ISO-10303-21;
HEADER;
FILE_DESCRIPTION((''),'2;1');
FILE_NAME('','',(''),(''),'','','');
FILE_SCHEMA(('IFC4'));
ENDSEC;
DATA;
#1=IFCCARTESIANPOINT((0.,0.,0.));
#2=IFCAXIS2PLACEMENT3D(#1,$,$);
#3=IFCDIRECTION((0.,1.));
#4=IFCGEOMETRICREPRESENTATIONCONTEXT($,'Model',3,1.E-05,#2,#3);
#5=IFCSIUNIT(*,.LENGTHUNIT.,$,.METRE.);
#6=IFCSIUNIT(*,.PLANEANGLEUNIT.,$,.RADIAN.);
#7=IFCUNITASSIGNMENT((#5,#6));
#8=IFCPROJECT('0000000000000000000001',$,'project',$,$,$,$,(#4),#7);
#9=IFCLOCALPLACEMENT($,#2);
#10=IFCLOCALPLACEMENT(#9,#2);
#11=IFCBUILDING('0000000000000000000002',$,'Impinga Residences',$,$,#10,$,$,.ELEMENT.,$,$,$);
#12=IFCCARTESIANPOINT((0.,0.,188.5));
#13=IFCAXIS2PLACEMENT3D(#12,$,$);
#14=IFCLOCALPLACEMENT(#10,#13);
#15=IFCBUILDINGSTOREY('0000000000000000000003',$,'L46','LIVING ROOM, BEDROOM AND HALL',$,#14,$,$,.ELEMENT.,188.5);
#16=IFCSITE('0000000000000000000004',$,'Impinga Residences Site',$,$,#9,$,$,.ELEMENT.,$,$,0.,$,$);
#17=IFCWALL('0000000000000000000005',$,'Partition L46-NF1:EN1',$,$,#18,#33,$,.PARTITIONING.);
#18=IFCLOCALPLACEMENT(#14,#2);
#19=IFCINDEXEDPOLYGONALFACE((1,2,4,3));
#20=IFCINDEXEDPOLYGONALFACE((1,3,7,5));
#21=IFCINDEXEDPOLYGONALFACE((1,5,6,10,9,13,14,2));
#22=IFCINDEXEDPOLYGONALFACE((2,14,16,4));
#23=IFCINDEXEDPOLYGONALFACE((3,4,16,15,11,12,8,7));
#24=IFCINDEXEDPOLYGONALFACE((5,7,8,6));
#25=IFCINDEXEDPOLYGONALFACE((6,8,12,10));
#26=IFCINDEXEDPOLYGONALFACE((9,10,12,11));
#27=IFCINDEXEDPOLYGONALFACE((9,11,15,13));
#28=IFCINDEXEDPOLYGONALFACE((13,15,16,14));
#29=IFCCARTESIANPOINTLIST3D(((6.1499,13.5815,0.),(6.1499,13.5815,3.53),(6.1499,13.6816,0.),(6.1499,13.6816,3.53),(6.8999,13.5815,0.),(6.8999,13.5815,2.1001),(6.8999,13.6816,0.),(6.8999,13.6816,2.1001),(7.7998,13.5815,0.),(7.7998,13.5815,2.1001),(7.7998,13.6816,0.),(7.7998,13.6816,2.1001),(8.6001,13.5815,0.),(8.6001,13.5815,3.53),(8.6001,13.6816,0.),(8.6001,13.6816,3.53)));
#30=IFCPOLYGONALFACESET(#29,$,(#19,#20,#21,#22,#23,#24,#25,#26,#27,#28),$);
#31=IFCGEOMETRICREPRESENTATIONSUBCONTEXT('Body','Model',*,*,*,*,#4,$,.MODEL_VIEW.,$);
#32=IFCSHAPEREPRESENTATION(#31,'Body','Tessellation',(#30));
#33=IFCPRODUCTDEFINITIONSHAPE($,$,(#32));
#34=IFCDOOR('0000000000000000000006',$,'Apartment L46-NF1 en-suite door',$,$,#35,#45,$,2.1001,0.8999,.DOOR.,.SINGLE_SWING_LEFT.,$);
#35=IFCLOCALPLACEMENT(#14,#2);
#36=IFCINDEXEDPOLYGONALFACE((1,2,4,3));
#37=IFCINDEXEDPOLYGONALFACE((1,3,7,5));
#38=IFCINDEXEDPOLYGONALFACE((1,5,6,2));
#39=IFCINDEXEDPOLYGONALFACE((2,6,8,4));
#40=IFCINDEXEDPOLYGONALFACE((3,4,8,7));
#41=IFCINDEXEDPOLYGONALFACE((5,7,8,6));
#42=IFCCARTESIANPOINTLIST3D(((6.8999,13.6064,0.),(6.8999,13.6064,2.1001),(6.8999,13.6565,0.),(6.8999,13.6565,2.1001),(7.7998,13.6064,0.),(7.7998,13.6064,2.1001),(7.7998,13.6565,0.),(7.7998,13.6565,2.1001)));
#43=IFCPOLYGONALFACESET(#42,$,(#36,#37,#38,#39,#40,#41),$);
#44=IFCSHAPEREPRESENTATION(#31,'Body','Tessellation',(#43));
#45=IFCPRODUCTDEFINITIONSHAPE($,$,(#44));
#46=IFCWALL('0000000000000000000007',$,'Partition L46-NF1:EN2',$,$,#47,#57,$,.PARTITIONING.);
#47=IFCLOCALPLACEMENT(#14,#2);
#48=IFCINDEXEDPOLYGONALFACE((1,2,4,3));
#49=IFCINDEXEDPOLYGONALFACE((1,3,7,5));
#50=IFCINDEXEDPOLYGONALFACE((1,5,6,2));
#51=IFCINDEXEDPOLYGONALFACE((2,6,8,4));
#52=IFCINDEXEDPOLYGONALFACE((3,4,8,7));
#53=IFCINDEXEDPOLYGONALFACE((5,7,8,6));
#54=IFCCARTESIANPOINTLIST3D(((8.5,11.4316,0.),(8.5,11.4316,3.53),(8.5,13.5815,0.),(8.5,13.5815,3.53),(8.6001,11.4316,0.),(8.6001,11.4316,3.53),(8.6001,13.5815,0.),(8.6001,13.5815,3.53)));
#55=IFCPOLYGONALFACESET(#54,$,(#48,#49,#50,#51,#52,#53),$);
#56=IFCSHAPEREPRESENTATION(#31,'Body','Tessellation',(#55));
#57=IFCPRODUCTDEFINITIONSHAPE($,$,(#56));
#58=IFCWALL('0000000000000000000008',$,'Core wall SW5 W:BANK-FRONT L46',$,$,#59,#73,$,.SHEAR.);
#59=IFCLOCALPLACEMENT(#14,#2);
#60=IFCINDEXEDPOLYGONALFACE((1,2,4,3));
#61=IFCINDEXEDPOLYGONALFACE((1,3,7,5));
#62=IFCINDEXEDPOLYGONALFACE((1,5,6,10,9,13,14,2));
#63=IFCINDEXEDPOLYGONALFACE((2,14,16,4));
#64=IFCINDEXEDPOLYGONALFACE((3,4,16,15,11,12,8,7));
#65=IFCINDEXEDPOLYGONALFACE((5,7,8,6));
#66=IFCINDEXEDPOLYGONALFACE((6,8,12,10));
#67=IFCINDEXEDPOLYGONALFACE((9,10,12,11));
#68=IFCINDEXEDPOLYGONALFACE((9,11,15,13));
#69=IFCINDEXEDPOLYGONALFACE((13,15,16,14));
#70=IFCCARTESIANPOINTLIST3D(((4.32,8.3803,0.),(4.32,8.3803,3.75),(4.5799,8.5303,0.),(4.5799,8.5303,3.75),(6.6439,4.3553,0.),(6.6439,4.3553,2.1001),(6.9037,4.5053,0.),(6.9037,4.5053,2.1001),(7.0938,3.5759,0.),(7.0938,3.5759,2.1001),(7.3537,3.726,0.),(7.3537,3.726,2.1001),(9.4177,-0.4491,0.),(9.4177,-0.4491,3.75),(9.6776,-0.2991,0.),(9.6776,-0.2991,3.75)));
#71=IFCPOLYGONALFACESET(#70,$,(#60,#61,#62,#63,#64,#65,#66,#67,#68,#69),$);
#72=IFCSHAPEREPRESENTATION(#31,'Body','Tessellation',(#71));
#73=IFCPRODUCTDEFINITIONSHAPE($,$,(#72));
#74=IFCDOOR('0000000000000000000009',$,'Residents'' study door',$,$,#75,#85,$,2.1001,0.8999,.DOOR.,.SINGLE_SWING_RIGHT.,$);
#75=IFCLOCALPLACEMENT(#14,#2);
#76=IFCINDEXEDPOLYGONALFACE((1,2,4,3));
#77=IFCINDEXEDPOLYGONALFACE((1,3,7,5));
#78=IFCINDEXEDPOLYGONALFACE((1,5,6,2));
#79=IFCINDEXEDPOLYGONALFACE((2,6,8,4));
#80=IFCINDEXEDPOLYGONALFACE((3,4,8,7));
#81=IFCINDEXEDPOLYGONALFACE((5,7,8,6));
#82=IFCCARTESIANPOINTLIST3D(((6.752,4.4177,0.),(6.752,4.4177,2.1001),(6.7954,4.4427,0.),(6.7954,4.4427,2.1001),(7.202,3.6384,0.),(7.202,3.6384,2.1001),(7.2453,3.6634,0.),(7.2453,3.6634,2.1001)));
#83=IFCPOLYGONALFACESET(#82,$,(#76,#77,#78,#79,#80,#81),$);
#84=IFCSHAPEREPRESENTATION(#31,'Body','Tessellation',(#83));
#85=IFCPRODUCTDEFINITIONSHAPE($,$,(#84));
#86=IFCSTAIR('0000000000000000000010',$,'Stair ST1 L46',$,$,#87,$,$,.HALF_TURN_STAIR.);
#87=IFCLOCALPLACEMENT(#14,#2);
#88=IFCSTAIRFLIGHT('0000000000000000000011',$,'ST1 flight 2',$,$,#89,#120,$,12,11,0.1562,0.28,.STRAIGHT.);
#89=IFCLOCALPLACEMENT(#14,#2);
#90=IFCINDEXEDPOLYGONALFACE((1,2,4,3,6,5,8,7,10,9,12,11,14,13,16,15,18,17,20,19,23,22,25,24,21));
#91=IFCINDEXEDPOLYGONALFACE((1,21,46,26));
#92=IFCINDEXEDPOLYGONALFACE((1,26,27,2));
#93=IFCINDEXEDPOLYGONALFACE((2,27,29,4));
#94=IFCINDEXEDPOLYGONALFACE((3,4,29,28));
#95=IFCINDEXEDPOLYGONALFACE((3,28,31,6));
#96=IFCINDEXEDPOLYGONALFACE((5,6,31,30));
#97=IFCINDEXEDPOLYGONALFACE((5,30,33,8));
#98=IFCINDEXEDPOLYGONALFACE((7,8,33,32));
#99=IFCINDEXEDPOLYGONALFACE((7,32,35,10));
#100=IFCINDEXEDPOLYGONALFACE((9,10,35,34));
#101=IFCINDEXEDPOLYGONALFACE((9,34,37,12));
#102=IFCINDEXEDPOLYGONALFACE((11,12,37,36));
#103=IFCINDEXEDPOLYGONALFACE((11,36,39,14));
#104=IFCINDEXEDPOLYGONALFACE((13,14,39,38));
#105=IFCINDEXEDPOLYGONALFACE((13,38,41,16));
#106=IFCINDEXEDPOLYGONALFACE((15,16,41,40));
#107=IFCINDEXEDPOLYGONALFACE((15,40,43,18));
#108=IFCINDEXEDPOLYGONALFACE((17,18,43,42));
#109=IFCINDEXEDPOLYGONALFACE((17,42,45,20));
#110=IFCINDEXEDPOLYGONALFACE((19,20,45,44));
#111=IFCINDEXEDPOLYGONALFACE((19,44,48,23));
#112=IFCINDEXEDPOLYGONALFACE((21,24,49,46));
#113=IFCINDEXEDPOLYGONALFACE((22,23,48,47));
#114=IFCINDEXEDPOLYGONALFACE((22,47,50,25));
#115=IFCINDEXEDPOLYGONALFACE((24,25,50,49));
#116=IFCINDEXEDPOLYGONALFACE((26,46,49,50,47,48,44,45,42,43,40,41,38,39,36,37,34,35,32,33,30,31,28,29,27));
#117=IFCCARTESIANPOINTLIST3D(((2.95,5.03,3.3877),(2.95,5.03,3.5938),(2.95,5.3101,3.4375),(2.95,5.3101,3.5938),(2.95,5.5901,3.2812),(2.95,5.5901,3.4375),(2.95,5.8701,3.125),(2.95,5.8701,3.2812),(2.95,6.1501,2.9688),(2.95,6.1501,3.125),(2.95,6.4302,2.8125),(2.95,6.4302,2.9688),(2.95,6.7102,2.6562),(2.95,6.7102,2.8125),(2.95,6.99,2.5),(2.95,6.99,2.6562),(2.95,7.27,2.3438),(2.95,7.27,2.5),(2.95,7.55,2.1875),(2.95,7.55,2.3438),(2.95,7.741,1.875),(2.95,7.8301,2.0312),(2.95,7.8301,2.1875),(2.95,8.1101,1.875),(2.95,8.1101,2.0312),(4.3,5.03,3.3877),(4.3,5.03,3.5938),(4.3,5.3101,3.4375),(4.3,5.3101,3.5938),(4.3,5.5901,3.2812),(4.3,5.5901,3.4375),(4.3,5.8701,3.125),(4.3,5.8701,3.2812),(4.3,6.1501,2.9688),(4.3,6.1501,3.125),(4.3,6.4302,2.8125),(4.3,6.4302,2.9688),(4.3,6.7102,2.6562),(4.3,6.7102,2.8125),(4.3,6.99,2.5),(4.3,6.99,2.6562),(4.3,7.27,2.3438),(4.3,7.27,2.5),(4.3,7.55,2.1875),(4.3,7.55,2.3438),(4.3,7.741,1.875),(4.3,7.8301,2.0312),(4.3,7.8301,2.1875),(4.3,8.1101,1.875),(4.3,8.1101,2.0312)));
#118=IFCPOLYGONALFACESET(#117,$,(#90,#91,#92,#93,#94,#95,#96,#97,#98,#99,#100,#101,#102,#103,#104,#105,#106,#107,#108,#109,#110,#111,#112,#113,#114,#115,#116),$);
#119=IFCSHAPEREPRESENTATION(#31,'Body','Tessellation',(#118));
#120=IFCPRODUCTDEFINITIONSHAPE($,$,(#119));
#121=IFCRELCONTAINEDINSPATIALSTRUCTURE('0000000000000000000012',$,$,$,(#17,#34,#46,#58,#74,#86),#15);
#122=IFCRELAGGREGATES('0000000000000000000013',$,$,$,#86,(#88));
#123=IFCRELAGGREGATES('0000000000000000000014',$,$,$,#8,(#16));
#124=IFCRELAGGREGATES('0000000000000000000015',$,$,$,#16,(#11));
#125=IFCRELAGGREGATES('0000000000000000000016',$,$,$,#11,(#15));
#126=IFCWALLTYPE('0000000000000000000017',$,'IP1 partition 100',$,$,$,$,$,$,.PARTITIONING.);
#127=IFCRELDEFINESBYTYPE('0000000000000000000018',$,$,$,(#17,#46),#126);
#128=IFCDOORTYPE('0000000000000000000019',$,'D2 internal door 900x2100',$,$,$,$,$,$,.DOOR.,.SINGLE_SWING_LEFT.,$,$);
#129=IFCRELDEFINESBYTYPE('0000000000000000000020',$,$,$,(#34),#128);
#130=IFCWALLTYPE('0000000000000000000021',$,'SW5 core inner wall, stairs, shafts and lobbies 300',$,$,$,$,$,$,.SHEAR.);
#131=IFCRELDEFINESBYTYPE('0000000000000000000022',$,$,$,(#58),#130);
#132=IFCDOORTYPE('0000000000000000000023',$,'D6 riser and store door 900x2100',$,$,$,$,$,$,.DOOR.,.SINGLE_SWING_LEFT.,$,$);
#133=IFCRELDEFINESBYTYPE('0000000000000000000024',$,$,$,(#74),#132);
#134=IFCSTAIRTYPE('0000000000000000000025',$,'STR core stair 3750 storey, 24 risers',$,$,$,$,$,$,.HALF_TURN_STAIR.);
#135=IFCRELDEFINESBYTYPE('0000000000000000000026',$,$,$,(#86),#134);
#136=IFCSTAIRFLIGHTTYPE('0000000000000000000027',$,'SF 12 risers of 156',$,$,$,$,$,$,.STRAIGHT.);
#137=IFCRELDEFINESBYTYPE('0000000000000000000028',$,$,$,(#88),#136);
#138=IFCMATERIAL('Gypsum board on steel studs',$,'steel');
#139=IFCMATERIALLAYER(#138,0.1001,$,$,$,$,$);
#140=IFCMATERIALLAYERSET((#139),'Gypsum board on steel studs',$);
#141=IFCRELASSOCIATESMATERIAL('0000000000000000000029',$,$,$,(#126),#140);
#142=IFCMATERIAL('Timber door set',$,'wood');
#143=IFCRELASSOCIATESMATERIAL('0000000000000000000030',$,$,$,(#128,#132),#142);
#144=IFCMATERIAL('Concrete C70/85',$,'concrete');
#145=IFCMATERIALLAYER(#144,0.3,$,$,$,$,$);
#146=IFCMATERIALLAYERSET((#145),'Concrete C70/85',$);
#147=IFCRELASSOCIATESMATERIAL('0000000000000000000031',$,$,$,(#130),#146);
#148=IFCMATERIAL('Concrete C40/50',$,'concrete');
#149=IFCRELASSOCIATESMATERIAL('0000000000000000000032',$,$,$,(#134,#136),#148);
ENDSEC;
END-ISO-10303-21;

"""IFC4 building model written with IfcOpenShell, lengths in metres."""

from ifc_helpers import new_model, si_unit, direction, frame, frame_2d, origin, place, context, subcontext, project, spatial, polyline, rectangle, outline, extrude, material, layer, layer_set, type_object, element, fill, aggregate, save


model = new_model("IFC4")

# Units and contexts
model_context = context("Model", 3, precision=1e-05, world=origin(), true_north=direction((0.0, 1.0)))
body_context = subcontext(model_context, "Body", "Model", "MODEL_VIEW")
ifc_project = project(units=[si_unit("LENGTHUNIT", "METRE"), si_unit("PLANEANGLEUNIT", "RADIAN")], contexts=[model_context])

# Site, building, storey
site_placement = place(None, origin())
site = spatial("IfcSite", under=ifc_project, at=site_placement, Name="Impinga Residences Site", CompositionType="ELEMENT", RefElevation=0.0)
building_placement = place(site_placement, origin())
building = spatial("IfcBuilding", under=site, at=building_placement, Name="Impinga Residences", CompositionType="ELEMENT")
storey_placement = place(building_placement, frame((0.0, 0.0, 188.5)))
storey = spatial("IfcBuildingStorey", under=building, at=storey_placement, Name="L46", Description="LIVING ROOM, BEDROOM AND HALL", CompositionType="ELEMENT", Elevation=188.5)

# Shared definitions
ifc_material_1 = material(Name="Timber door set", Category="wood")

# Shared definitions
ifc_material_2 = material(Name="Gypsum board on steel studs", Category="steel")
ifc_layer_1 = layer(ifc_material_2, 0.1001)
ifc_layer_set_1 = layer_set([ifc_layer_1], Name="Gypsum board on steel studs")
wall_type_1 = type_object("IfcWallType", Name="IP1 partition 100", PredefinedType="PARTITIONING", material=ifc_layer_set_1)

# Shared definitions
door_type_1 = type_object("IfcDoorType", Name="D2 internal door 900x2100", OperationType="SINGLE_SWING_LEFT", PredefinedType="DOOR", material=ifc_material_1)

# Wall, opening, door
wall_1_placement = place(storey_placement, frame((6.1499, 13.6316, 0.0), z_axis=(0.0, 0.0, 1.0), x_axis=(1.0, 0.0, 0.0)))
wall_1 = element("IfcWall", 1, at=wall_1_placement, inside=storey, type_object=wall_type_1, Name="Partition L46-NF1:EN1", PredefinedType="PARTITIONING", context=body_context, shape_type="SweptSolid", body=[
    extrude(rectangle(XDim=2.4502, YDim=0.1001, at=frame_2d((1.2251, 0.0))), origin(), (0.0, 0.0, 1.0), 3.53),
])
opening_1_placement = place(wall_1_placement, frame((0.75, 0.0, 0.0)))
opening_1 = element("IfcOpeningElement", 2, at=opening_1_placement, cuts=wall_1, PredefinedType="OPENING", context=body_context, shape_type="SweptSolid", body=[
    extrude(rectangle(XDim=0.8999, YDim=2.1001, at=frame_2d((0.45, 1.05))), frame((0.0, 0.0601, 0.0), z_axis=(0.0, -1.0, 0.0), x_axis=(1.0, 0.0, 0.0)), (0.0, 0.0, 1.0), 0.1201),
])
door_1_placement = place(opening_1_placement, origin())
door_1 = element("IfcDoor", 3, at=door_1_placement, inside=storey, type_object=door_type_1, Name="Apartment L46-NF1 en-suite door", OperationType="SINGLE_SWING_LEFT", OverallHeight=2.1001, OverallWidth=0.8999, PredefinedType="DOOR", context=body_context, shape_type="SweptSolid", body=[
    extrude(rectangle(XDim=0.8999, YDim=2.1001, at=frame_2d((0.45, 1.05))), frame((0.0, 0.0249, 0.0), z_axis=(0.0, -1.0, 0.0), x_axis=(1.0, 0.0, 0.0)), (0.0, 0.0, 1.0), 0.05),
])
fill(opening_1, door_1)

# Wall
wall_2_placement = place(storey_placement, frame((8.55, 11.4316, 0.0), z_axis=(0.0, 0.0, 1.0), x_axis=(0.0, 1.0, 0.0)))
element("IfcWall", 4, at=wall_2_placement, inside=storey, type_object=wall_type_1, Name="Partition L46-NF1:EN2", PredefinedType="PARTITIONING", context=body_context, shape_type="SweptSolid", body=[
    extrude(rectangle(XDim=2.1499, YDim=0.1001, at=frame_2d((1.075, 0.0))), origin(), (0.0, 0.0, 1.0), 3.53),
])

# Wall, opening, door
ifc_material_3 = material(Name="Concrete C70/85", Category="concrete")
ifc_layer_2 = layer(ifc_material_3, 0.3)
ifc_layer_set_2 = layer_set([ifc_layer_2], Name="Concrete C70/85")
wall_type_2 = type_object("IfcWallType", Name="SW5 core inner wall, stairs, shafts and lobbies 300", PredefinedType="SHEAR", material=ifc_layer_set_2)
wall_3_placement = place(storey_placement, frame((4.45, 8.4553, 0.0), z_axis=(0.0, 0.0, 1.0), x_axis=(0.500002, -0.866024, 0.0)))
wall_3 = element("IfcWall", 5, at=wall_3_placement, inside=storey, type_object=wall_type_2, Name="Core wall SW5 W:BANK-FRONT L46", PredefinedType="SHEAR", context=body_context, shape_type="SweptSolid", body=[
    extrude(rectangle(XDim=10.1953, YDim=0.3, at=frame_2d((5.0977, 0.0))), origin(), (0.0, 0.0, 1.0), 3.75),
])
opening_2_placement = place(wall_3_placement, frame((4.6477, 0.0, 0.0)))
opening_2 = element("IfcOpeningElement", 6, at=opening_2_placement, cuts=wall_3, PredefinedType="OPENING", context=body_context, shape_type="SweptSolid", body=[
    extrude(rectangle(XDim=0.8999, YDim=2.1001, at=frame_2d((0.45, 1.05))), frame((0.0, 0.1599, 0.0), z_axis=(0.0, -1.0, 0.0), x_axis=(1.0, 0.0, 0.0)), (0.0, 0.0, 1.0), 0.3201),
])
door_type_2 = type_object("IfcDoorType", Name="D6 riser and store door 900x2100", OperationType="SINGLE_SWING_LEFT", PredefinedType="DOOR", material=ifc_material_1)
door_2_placement = place(opening_2_placement, origin())
door_2 = element("IfcDoor", 7, at=door_2_placement, inside=storey, type_object=door_type_2, Name="Residents' study door", OperationType="SINGLE_SWING_RIGHT", OverallHeight=2.1001, OverallWidth=0.8999, PredefinedType="DOOR", context=body_context, shape_type="SweptSolid", body=[
    extrude(rectangle(XDim=0.8999, YDim=2.1001, at=frame_2d((0.45, 1.05))), frame((0.0, 0.0249, 0.0), z_axis=(0.0, -1.0, 0.0), x_axis=(1.0, 0.0, 0.0)), (0.0, 0.0, 1.0), 0.05),
])
fill(opening_2, door_2)

# Stair, stair flight
ifc_material_4 = material(Name="Concrete C40/50", Category="concrete")
stair_type = type_object("IfcStairType", Name="STR core stair 3750 storey, 24 risers", PredefinedType="HALF_TURN_STAIR", material=ifc_material_4)
stair_placement = place(storey_placement, origin())
stair = element("IfcStair", 8, at=stair_placement, inside=storey, type_object=stair_type, Name="Stair ST1 L46", PredefinedType="HALF_TURN_STAIR")
stair_flight_type = type_object("IfcStairFlightType", Name="SF 12 risers of 156", PredefinedType="STRAIGHT", material=ifc_material_4)
stair_flight_placement = place(storey_placement, frame((3.625, 8.1101, 1.875), z_axis=(0.0, 0.0, 1.0), x_axis=(0.0, -1.0, 0.0)))
stair_flight = element("IfcStairFlight", 9, at=stair_flight_placement, type_object=stair_flight_type, Name="ST1 flight 2", NumberOfRisers=12, NumberOfTreads=11, PredefinedType="STRAIGHT", RiserHeight=0.1562, TreadLength=0.28, context=body_context, shape_type="SweptSolid", body=[
    extrude(outline(polyline([(0.0, 0.0), (0.0, 0.1562), (0.28, 0.1562), (0.28, 0.3125), (0.5601, 0.3125), (0.5601, 0.4688), (0.8401, 0.4688), (0.8401, 0.625), (1.1201, 0.625), (1.1201, 0.7812), (1.3999, 0.7812), (1.3999, 0.9375), (1.6799, 0.9375), (1.6799, 1.0938), (1.96, 1.0938), (1.96, 1.25), (2.24, 1.25), (2.24, 1.4062), (2.52, 1.4062), (2.52, 1.5625), (2.8, 1.5625), (2.8, 1.7188), (3.0801, 1.7188), (3.0801, 1.875), (3.0801, 1.5127), (0.3691, 0.0), (0.0, 0.0)])), frame((0.0, 0.675, 0.0), z_axis=(0.0, -1.0, 0.0), x_axis=(1.0, 0.0, 0.0)), (0.0, 0.0, 1.0), 1.3501),
])
aggregate(stair, [stair_flight])

save(model, "model.ifc")
